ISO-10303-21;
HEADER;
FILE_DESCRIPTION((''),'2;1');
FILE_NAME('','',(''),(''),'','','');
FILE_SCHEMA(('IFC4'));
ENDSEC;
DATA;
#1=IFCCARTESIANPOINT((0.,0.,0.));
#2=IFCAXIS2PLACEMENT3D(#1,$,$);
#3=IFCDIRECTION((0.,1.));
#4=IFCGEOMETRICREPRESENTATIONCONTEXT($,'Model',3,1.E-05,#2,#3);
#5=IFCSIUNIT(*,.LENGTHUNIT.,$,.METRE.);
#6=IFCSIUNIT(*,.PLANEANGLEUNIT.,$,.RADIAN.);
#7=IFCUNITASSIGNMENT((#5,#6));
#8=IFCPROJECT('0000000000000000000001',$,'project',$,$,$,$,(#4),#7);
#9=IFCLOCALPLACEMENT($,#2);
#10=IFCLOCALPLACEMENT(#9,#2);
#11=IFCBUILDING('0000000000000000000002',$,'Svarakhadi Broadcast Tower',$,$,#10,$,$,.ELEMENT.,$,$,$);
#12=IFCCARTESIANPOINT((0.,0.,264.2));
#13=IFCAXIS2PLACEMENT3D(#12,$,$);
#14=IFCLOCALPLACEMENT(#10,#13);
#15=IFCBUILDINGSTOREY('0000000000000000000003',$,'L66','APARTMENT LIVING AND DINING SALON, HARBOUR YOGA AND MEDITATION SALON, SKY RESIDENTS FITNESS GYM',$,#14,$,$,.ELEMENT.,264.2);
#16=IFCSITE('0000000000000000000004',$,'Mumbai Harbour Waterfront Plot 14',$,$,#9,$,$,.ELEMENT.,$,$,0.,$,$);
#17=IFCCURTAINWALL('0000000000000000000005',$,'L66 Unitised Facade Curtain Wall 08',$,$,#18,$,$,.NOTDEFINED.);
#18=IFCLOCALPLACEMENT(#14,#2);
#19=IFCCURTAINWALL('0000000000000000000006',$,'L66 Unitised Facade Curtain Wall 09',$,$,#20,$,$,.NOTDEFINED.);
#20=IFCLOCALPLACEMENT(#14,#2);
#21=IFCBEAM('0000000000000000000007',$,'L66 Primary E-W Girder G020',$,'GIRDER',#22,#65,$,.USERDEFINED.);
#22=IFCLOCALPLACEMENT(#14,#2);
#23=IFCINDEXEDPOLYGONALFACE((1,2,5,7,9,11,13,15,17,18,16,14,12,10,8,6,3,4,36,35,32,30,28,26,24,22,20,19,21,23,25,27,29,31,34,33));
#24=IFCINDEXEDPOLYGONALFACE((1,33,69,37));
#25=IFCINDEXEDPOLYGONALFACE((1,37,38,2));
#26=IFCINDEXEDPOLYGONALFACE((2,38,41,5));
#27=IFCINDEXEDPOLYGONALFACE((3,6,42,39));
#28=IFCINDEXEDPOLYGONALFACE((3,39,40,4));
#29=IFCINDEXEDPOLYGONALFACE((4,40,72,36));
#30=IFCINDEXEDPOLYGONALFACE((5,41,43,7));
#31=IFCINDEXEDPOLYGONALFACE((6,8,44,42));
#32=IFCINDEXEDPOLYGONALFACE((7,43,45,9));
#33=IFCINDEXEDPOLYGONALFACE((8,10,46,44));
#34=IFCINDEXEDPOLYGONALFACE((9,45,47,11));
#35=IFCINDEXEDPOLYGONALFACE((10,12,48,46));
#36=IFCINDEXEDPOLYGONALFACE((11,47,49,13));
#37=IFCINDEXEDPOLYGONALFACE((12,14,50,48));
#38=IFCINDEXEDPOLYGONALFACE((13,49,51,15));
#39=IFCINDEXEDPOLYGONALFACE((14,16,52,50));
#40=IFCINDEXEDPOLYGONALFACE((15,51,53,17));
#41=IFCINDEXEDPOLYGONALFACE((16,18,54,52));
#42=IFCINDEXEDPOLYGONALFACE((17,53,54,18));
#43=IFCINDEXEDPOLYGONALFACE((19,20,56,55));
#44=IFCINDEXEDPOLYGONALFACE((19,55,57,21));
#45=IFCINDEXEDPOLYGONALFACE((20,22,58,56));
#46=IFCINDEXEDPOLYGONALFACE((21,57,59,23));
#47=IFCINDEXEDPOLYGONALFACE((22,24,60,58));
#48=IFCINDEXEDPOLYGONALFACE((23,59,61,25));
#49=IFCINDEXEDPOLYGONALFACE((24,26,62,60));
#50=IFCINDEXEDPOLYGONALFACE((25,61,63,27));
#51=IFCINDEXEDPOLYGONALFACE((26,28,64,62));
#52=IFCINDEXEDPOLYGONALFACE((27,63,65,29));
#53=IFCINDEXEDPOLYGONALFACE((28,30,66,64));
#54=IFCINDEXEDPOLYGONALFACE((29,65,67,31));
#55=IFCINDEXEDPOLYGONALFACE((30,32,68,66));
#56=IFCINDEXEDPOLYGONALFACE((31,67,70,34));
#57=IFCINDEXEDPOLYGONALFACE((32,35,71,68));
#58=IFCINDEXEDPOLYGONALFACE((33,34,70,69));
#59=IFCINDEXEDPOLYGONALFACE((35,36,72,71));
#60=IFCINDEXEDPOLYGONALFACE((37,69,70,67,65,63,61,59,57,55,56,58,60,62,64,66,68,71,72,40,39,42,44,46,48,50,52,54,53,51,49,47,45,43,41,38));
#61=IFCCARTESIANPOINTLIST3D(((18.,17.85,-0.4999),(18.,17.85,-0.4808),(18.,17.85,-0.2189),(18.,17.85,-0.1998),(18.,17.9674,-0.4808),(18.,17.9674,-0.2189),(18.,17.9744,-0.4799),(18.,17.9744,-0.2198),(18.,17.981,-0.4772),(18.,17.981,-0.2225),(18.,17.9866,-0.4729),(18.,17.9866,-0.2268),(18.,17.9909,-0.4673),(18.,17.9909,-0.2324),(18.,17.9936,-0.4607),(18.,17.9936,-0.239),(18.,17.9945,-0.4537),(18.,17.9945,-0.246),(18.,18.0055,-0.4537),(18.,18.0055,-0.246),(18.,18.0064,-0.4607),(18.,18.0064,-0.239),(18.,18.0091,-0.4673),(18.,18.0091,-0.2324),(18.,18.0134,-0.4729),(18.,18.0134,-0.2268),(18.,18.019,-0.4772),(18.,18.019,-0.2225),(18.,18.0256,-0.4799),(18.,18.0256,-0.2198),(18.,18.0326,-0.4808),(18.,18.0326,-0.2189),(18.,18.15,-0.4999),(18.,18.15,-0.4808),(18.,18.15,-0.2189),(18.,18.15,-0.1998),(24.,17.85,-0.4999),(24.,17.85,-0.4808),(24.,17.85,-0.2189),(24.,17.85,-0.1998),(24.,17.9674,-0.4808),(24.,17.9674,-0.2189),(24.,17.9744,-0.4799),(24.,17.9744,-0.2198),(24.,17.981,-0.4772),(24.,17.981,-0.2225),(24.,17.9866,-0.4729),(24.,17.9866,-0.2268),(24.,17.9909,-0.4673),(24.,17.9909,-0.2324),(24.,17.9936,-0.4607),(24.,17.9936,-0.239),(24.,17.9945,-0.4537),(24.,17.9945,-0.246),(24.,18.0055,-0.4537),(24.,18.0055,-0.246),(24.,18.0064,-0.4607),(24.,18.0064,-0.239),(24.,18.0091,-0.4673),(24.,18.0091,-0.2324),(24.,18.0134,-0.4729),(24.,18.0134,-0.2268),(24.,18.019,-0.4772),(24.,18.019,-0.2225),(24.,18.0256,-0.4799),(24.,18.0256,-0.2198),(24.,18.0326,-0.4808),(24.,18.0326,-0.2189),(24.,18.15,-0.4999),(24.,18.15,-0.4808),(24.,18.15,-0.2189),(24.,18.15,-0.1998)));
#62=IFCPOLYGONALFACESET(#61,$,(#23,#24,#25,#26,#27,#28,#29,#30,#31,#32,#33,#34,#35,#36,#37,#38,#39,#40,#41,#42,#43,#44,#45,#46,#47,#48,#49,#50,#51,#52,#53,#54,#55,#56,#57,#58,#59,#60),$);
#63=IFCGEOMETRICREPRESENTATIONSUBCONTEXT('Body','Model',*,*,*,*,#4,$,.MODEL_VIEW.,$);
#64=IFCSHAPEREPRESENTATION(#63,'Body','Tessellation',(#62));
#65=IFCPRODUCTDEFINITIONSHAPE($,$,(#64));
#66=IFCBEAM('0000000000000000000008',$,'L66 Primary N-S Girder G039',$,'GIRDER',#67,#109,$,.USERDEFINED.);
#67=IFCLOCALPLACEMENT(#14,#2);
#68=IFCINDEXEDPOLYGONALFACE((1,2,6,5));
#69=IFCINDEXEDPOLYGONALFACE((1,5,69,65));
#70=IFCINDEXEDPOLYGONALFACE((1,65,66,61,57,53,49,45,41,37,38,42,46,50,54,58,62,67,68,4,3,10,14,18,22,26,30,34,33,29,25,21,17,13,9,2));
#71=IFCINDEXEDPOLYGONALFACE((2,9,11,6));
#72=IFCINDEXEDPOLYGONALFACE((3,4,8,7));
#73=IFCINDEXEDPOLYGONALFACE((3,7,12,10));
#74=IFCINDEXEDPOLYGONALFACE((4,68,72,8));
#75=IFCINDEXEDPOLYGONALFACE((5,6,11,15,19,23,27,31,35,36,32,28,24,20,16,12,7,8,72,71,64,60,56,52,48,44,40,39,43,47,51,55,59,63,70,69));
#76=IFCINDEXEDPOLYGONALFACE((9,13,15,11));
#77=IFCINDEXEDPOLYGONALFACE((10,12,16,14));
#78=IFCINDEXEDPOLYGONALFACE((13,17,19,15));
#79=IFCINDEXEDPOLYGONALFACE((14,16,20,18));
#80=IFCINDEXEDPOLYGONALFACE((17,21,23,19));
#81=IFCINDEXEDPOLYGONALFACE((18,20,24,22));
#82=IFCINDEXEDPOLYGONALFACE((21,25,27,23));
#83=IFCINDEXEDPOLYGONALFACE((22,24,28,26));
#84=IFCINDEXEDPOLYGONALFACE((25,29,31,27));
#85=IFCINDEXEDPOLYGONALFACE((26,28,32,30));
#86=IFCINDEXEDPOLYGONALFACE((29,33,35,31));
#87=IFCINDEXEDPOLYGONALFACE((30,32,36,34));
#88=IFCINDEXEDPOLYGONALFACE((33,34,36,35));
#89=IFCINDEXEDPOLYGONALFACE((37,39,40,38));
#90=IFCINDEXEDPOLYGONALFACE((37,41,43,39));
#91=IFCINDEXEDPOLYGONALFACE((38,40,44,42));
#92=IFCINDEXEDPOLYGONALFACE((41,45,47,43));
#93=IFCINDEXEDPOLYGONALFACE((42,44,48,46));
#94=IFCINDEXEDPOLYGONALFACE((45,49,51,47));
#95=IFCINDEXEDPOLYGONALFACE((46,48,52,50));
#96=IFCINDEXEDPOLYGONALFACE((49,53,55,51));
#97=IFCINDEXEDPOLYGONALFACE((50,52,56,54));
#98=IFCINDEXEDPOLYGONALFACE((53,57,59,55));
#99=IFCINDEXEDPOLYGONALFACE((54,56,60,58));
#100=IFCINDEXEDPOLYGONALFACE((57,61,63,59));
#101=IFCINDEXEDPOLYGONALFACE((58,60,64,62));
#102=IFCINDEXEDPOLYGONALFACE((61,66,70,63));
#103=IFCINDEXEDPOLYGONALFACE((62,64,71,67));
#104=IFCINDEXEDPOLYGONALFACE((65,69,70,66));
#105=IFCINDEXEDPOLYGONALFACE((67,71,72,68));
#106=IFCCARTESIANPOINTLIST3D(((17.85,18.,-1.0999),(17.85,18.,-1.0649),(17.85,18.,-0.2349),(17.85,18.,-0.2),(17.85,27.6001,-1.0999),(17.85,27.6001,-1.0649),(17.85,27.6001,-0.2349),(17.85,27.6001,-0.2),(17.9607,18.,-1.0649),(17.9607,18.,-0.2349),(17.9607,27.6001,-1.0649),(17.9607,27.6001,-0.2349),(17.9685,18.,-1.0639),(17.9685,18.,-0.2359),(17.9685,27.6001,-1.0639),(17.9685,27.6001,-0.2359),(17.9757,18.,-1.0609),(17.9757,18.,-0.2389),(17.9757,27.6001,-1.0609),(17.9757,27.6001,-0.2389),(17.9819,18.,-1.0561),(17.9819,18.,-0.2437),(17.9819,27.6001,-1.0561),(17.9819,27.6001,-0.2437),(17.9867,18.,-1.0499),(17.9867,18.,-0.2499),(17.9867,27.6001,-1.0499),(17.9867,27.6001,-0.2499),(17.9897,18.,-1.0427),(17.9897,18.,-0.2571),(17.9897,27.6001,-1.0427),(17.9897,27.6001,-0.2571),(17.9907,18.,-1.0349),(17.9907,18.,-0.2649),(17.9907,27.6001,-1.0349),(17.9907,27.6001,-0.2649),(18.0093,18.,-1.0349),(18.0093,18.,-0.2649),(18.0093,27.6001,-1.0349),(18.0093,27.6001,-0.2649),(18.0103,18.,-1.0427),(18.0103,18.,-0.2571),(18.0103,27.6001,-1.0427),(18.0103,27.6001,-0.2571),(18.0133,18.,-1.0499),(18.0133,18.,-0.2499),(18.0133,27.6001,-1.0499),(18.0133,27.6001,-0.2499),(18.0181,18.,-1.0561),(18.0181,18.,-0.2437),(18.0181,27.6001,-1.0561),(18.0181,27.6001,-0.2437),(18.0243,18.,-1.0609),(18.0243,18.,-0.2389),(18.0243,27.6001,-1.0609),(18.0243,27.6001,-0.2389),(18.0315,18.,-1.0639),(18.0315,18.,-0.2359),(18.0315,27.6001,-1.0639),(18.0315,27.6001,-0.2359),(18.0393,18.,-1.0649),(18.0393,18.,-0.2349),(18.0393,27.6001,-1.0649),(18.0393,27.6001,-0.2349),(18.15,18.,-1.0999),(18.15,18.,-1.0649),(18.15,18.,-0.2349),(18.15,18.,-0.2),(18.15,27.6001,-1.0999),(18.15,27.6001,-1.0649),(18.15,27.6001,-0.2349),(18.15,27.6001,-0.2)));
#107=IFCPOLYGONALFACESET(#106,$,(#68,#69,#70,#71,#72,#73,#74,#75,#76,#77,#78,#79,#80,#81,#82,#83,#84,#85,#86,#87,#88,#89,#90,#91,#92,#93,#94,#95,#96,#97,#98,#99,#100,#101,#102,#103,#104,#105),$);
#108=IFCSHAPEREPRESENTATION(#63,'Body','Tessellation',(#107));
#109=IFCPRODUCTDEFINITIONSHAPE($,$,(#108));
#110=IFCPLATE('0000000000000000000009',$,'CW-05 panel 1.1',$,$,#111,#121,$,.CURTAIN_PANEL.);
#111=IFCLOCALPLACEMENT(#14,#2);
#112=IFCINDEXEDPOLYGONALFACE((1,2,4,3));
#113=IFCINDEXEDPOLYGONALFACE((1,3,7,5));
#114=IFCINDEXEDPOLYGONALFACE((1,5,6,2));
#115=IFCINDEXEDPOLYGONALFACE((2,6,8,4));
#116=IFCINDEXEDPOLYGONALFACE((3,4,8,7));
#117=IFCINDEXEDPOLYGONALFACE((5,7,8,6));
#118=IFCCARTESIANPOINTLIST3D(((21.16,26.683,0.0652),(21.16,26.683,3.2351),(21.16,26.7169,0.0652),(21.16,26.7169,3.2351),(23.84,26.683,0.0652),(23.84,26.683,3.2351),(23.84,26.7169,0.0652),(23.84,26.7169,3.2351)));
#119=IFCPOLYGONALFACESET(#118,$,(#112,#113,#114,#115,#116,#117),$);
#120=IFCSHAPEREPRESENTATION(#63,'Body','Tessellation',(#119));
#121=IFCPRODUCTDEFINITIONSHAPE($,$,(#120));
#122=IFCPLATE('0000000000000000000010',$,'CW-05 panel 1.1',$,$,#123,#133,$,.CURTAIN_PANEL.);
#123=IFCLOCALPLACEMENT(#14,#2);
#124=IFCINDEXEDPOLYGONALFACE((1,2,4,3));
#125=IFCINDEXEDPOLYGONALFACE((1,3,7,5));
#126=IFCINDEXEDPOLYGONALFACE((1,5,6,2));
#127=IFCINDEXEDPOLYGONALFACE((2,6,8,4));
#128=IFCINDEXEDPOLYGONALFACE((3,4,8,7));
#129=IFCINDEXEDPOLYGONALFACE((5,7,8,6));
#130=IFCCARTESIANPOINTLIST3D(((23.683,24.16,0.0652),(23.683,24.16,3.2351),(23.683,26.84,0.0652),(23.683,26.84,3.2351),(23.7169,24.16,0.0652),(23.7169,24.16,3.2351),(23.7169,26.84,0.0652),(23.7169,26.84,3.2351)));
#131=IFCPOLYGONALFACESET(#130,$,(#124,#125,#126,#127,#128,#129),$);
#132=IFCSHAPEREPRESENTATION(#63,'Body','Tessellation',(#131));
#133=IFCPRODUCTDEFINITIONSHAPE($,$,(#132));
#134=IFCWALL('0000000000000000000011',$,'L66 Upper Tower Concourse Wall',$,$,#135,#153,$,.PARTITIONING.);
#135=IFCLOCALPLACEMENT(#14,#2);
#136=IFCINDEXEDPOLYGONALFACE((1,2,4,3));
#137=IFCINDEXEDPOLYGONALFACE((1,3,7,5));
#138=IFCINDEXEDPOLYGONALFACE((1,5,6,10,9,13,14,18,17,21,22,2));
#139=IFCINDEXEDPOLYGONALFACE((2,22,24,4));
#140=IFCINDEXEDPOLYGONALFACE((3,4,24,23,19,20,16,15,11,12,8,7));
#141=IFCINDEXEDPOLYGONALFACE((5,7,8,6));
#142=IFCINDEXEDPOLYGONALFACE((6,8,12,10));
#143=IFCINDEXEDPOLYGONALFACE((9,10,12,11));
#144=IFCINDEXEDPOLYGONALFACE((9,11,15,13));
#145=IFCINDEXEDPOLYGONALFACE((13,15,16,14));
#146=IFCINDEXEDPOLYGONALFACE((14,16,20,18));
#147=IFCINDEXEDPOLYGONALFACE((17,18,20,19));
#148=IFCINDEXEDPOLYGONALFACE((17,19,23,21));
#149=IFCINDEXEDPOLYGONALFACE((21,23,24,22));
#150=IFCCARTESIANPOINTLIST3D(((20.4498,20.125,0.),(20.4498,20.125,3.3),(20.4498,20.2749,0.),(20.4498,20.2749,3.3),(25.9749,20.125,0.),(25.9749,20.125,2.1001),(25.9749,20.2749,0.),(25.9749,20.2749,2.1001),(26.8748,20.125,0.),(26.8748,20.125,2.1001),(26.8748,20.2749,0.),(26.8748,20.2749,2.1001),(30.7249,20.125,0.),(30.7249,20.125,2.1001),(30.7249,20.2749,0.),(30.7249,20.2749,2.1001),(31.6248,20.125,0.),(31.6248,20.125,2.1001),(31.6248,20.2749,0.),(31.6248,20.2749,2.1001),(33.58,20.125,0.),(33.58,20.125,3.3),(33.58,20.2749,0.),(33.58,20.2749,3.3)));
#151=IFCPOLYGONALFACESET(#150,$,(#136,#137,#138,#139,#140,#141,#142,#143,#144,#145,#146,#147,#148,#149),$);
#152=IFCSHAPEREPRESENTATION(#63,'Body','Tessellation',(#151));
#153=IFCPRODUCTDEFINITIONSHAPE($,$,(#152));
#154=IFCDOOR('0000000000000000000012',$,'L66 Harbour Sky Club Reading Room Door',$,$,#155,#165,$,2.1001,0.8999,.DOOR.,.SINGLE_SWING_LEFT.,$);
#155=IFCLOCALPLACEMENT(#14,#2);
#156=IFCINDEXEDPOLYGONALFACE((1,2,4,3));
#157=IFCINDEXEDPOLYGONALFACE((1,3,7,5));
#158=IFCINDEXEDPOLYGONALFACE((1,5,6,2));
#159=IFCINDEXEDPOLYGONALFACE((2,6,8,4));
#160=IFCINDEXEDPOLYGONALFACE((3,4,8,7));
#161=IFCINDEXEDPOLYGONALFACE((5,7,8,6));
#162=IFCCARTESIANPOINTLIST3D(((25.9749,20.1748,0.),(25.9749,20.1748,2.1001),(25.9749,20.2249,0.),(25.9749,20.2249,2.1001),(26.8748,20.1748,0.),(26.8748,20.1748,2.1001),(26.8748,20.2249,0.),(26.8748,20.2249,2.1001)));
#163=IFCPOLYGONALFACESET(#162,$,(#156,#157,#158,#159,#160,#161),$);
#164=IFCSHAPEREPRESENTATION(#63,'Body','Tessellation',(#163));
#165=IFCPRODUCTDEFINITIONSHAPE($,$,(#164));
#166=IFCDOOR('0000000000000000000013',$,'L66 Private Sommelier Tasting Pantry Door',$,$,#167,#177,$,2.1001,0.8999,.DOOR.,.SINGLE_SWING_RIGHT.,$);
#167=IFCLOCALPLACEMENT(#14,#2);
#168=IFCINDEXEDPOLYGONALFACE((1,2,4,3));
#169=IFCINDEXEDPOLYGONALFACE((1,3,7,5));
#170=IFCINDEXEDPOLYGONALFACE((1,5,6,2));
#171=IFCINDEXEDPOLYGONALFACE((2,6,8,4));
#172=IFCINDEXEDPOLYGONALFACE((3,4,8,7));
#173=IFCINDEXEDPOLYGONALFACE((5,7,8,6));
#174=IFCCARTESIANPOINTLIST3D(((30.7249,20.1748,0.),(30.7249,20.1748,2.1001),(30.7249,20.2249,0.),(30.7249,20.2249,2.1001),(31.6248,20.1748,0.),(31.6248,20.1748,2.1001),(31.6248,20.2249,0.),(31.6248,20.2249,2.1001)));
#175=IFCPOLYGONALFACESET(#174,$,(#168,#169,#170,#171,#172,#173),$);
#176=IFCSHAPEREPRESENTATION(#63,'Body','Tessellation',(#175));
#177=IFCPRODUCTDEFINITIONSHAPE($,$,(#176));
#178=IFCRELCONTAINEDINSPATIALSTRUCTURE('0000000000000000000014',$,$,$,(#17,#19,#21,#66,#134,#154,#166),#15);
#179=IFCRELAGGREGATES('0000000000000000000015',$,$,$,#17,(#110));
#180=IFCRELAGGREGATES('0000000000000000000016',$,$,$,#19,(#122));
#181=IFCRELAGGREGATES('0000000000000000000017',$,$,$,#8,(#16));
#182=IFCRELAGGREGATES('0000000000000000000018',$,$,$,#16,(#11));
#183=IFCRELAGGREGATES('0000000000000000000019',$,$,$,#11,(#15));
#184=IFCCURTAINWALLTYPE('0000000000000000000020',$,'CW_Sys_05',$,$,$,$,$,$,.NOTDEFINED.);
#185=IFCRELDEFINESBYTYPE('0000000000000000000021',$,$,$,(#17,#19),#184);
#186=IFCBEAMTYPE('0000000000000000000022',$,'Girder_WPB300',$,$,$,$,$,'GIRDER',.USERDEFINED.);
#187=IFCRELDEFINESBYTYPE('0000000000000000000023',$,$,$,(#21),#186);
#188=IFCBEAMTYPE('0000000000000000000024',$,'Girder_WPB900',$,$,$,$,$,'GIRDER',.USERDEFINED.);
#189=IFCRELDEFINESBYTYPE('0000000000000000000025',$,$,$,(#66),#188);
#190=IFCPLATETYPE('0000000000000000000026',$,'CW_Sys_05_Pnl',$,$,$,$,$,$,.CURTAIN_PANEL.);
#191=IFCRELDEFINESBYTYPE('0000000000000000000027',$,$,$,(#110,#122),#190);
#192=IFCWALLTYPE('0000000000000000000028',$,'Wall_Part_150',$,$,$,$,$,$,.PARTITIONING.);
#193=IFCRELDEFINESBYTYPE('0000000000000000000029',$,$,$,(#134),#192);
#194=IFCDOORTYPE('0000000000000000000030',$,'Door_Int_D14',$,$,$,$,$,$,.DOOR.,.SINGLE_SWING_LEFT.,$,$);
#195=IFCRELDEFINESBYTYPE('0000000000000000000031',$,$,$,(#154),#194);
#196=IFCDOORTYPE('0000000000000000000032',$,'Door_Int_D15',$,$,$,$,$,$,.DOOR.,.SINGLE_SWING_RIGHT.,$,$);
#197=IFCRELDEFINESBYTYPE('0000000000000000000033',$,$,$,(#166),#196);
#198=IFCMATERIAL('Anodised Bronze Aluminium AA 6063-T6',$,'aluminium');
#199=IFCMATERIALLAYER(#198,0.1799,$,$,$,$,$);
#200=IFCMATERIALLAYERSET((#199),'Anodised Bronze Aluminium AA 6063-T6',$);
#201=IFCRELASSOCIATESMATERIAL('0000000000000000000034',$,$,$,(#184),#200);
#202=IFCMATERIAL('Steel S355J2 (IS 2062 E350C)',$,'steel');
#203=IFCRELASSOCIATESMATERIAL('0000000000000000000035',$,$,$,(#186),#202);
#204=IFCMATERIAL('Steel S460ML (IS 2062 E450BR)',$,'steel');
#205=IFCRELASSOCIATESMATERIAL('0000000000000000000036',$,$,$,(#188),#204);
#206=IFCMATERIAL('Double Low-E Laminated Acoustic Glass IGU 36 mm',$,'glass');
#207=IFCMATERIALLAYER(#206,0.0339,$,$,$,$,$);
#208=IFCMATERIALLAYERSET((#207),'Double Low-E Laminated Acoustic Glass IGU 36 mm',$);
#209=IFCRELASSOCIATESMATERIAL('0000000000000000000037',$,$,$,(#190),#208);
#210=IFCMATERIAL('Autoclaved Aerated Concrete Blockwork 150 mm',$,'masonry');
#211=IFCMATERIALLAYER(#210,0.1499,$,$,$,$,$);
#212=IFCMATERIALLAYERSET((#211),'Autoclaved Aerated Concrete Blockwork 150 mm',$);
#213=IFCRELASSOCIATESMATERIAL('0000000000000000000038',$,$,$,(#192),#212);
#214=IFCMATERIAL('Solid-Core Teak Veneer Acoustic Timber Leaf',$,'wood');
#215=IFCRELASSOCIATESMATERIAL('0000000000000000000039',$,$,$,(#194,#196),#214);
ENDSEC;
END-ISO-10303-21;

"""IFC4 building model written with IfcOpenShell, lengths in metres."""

from ifc_helpers import new_model, si_unit, direction, frame, frame_2d, origin, origin_2d, place, context, subcontext, project, spatial, rectangle, i_section, extrude, material, layer, layer_set, material_profile, profile_set, type_object, element, fill, aggregate, save


model = new_model("IFC4")

# Units and contexts
model_context = context("Model", 3, precision=1e-05, world=origin(), true_north=direction((0.0, 1.0)))
body_context = subcontext(model_context, "Body", "Model", "MODEL_VIEW")
ifc_project = project(units=[si_unit("LENGTHUNIT", "METRE"), si_unit("PLANEANGLEUNIT", "RADIAN")], contexts=[model_context])

# Site, building, storey
site_placement = place(None, origin())
site = spatial("IfcSite", under=ifc_project, at=site_placement, Name="Mumbai Harbour Waterfront Plot 14", CompositionType="ELEMENT", RefElevation=0.0)
building_placement = place(site_placement, origin())
building = spatial("IfcBuilding", under=site, at=building_placement, Name="Svarakhadi Broadcast Tower", CompositionType="ELEMENT")
storey_placement = place(building_placement, frame((0.0, 0.0, 264.2)))
storey = spatial("IfcBuildingStorey", under=building, at=storey_placement, Name="L66", Description="APARTMENT LIVING AND DINING SALON, HARBOUR YOGA AND MEDITATION SALON, SKY RESIDENTS FITNESS GYM", CompositionType="ELEMENT", Elevation=264.2)

# Shared definitions
ifc_material_1 = material(Name="Steel S355J2 (IS 2062 E350C)", Category="steel")

# Curtain wall
ifc_material_2 = material(Name="Anodised Bronze Aluminium AA 6063-T6", Category="aluminium")
ifc_layer_1 = layer(ifc_material_2, 0.1799)
ifc_layer_set_1 = layer_set([ifc_layer_1], Name="Anodised Bronze Aluminium AA 6063-T6")
curtain_wall_type = type_object("IfcCurtainWallType", Name="CW_Sys_05", PredefinedType="NOTDEFINED", material=ifc_layer_set_1)
curtain_wall_1_placement = place(storey_placement, origin())
curtain_wall_1 = element("IfcCurtainWall", 1, at=curtain_wall_1_placement, inside=storey, type_object=curtain_wall_type, Name="L66 Unitised Facade Curtain Wall 08", PredefinedType="NOTDEFINED")

# Curtain wall
curtain_wall_2_placement = place(storey_placement, origin())
curtain_wall_2 = element("IfcCurtainWall", 2, at=curtain_wall_2_placement, inside=storey, type_object=curtain_wall_type, Name="L66 Unitised Facade Curtain Wall 09", PredefinedType="NOTDEFINED")

# Beams
ifc_material_profile_1 = material_profile(ifc_material_1, i_section(OverallWidth=0.3, OverallDepth=0.3, WebThickness=0.011, FlangeThickness=0.019, FilletRadius=0.0271, at=origin_2d()), Name="WPB 300x300x117")
ifc_profile_set_1 = profile_set([ifc_material_profile_1], Name="Steel S355J2 (IS 2062 E350C)")
beam_type_1 = type_object("IfcBeamType", Name="Girder_WPB300", ElementType="GIRDER", PredefinedType="USERDEFINED", material=ifc_profile_set_1)
beam_1_placement = place(storey_placement, frame((18.0, 18.0, -0.3499), z_axis=(1.0, 0.0, 0.0), x_axis=(0.0, 1.0, 0.0)))
element("IfcBeam", 3, at=beam_1_placement, inside=storey, type_object=beam_type_1, Name="L66 Primary E-W Girder G020", ObjectType="GIRDER", PredefinedType="USERDEFINED", context=body_context, shape_type="SweptSolid", body=[
    extrude(i_section(OverallWidth=0.3, OverallDepth=0.3, WebThickness=0.011, FlangeThickness=0.019, FilletRadius=0.0271, at=origin_2d()), origin(), (0.0, 0.0, 1.0), 6.0),
])
ifc_material_3 = material(Name="Steel S460ML (IS 2062 E450BR)", Category="steel")
ifc_material_profile_2 = material_profile(ifc_material_3, i_section(OverallWidth=0.3, OverallDepth=0.8999, WebThickness=0.0186, FlangeThickness=0.0349, FilletRadius=0.03, at=origin_2d()), Name="WPB 900x300x291")
ifc_profile_set_2 = profile_set([ifc_material_profile_2], Name="Steel S460ML (IS 2062 E450BR)")
beam_type_2 = type_object("IfcBeamType", Name="Girder_WPB900", ElementType="GIRDER", PredefinedType="USERDEFINED", material=ifc_profile_set_2)
beam_2_placement = place(storey_placement, frame((18.0, 18.0, -0.6499), z_axis=(0.0, 1.0, 0.0), x_axis=(-1.0, 0.0, 0.0)))
element("IfcBeam", 4, at=beam_2_placement, inside=storey, type_object=beam_type_2, Name="L66 Primary N-S Girder G039", ObjectType="GIRDER", PredefinedType="USERDEFINED", context=body_context, shape_type="SweptSolid", body=[
    extrude(i_section(OverallWidth=0.3, OverallDepth=0.8999, WebThickness=0.0186, FlangeThickness=0.0349, FilletRadius=0.03, at=origin_2d()), origin(), (0.0, 0.0, 1.0), 9.6001),
])

# Plates
ifc_material_4 = material(Name="Double Low-E Laminated Acoustic Glass IGU 36 mm", Category="glass")
ifc_layer_2 = layer(ifc_material_4, 0.0339)
ifc_layer_set_2 = layer_set([ifc_layer_2], Name="Double Low-E Laminated Acoustic Glass IGU 36 mm")
plate_type = type_object("IfcPlateType", Name="CW_Sys_05_Pnl", PredefinedType="CURTAIN_PANEL", material=ifc_layer_set_2)
plate_1_placement = place(storey_placement, frame((22.5, 26.7, 0.0652), z_axis=(0.0, 0.0, 1.0), x_axis=(1.0, 0.0, 0.0)))
plate_1 = element("IfcPlate", 5, at=plate_1_placement, type_object=plate_type, Name="CW-05 panel 1.1", PredefinedType="CURTAIN_PANEL", context=body_context, shape_type="SweptSolid", body=[
    extrude(rectangle(XDim=2.6799, YDim=0.0339, at=origin_2d()), origin(), (0.0, 0.0, 1.0), 3.1699),
])
aggregate(curtain_wall_1, [plate_1])
plate_2_placement = place(storey_placement, frame((23.7, 25.5, 0.0652), z_axis=(0.0, 0.0, 1.0), x_axis=(0.0, -1.0, 0.0)))
plate_2 = element("IfcPlate", 6, at=plate_2_placement, type_object=plate_type, Name="CW-05 panel 1.1", PredefinedType="CURTAIN_PANEL", context=body_context, shape_type="SweptSolid", body=[
    extrude(rectangle(XDim=2.6799, YDim=0.0339, at=origin_2d()), origin(), (0.0, 0.0, 1.0), 3.1699),
])
aggregate(curtain_wall_2, [plate_2])

# Shared definitions
ifc_material_5 = material(Name="Autoclaved Aerated Concrete Blockwork 150 mm", Category="masonry")
ifc_layer_3 = layer(ifc_material_5, 0.1499)
ifc_layer_set_3 = layer_set([ifc_layer_3], Name="Autoclaved Aerated Concrete Blockwork 150 mm")
wall_type_1 = type_object("IfcWallType", Name="Wall_Part_150", PredefinedType="PARTITIONING", material=ifc_layer_set_3)

# Wall, openings, doors
wall_1_placement = place(storey_placement, frame((20.45, 20.2, 0.0), z_axis=(0.0, 0.0, 1.0), x_axis=(1.0, 0.0, 0.0)))
wall_1 = element("IfcWall", 7, at=wall_1_placement, inside=storey, type_object=wall_type_1, Name="L66 Upper Tower Concourse Wall", PredefinedType="PARTITIONING", context=body_context, shape_type="SweptSolid", body=[
    extrude(rectangle(XDim=13.1301, YDim=0.1499, at=frame_2d((6.5649, 0.0))), origin(), (0.0, 0.0, 1.0), 3.3),
])
opening_1_placement = place(wall_1_placement, frame((5.5249, 0.0, 0.0)))
opening_1 = element("IfcOpeningElement", 8, at=opening_1_placement, cuts=wall_1, PredefinedType="OPENING", context=body_context, shape_type="SweptSolid", body=[
    extrude(rectangle(XDim=0.8999, YDim=2.1001, at=frame_2d((0.45, 1.05))), frame((0.0, 0.085, 0.0), z_axis=(0.0, -1.0, 0.0), x_axis=(1.0, 0.0, 0.0)), (0.0, 0.0, 1.0), 0.1699),
])
opening_2_placement = place(wall_1_placement, frame((10.2749, 0.0, 0.0)))
opening_2 = element("IfcOpeningElement", 9, at=opening_2_placement, cuts=wall_1, PredefinedType="OPENING", context=body_context, shape_type="SweptSolid", body=[
    extrude(rectangle(XDim=0.8999, YDim=2.1001, at=frame_2d((0.45, 1.05))), frame((0.0, 0.085, 0.0), z_axis=(0.0, -1.0, 0.0), x_axis=(1.0, 0.0, 0.0)), (0.0, 0.0, 1.0), 0.1699),
])
ifc_material_6 = material(Name="Solid-Core Teak Veneer Acoustic Timber Leaf", Category="wood")
door_type_1 = type_object("IfcDoorType", Name="Door_Int_D14", OperationType="SINGLE_SWING_LEFT", PredefinedType="DOOR", material=ifc_material_6)
door_1_placement = place(opening_1_placement, origin())
door_1 = element("IfcDoor", 10, at=door_1_placement, inside=storey, type_object=door_type_1, Name="L66 Harbour Sky Club Reading Room Door", OperationType="SINGLE_SWING_LEFT", OverallHeight=2.1001, OverallWidth=0.8999, PredefinedType="DOOR", context=body_context, shape_type="SweptSolid", body=[
    extrude(rectangle(XDim=0.8999, YDim=2.1001, at=frame_2d((0.45, 1.05))), frame((0.0, 0.0249, 0.0), z_axis=(0.0, -1.0, 0.0), x_axis=(1.0, 0.0, 0.0)), (0.0, 0.0, 1.0), 0.05),
])
fill(opening_1, door_1)
door_type_2 = type_object("IfcDoorType", Name="Door_Int_D15", OperationType="SINGLE_SWING_RIGHT", PredefinedType="DOOR", material=ifc_material_6)
door_2_placement = place(opening_2_placement, origin())
door_2 = element("IfcDoor", 11, at=door_2_placement, inside=storey, type_object=door_type_2, Name="L66 Private Sommelier Tasting Pantry Door", OperationType="SINGLE_SWING_RIGHT", OverallHeight=2.1001, OverallWidth=0.8999, PredefinedType="DOOR", context=body_context, shape_type="SweptSolid", body=[
    extrude(rectangle(XDim=0.8999, YDim=2.1001, at=frame_2d((0.45, 1.05))), frame((0.0, 0.0249, 0.0), z_axis=(0.0, -1.0, 0.0), x_axis=(1.0, 0.0, 0.0)), (0.0, 0.0, 1.0), 0.05),
])
fill(opening_2, door_2)

save(model, "model.ifc")
